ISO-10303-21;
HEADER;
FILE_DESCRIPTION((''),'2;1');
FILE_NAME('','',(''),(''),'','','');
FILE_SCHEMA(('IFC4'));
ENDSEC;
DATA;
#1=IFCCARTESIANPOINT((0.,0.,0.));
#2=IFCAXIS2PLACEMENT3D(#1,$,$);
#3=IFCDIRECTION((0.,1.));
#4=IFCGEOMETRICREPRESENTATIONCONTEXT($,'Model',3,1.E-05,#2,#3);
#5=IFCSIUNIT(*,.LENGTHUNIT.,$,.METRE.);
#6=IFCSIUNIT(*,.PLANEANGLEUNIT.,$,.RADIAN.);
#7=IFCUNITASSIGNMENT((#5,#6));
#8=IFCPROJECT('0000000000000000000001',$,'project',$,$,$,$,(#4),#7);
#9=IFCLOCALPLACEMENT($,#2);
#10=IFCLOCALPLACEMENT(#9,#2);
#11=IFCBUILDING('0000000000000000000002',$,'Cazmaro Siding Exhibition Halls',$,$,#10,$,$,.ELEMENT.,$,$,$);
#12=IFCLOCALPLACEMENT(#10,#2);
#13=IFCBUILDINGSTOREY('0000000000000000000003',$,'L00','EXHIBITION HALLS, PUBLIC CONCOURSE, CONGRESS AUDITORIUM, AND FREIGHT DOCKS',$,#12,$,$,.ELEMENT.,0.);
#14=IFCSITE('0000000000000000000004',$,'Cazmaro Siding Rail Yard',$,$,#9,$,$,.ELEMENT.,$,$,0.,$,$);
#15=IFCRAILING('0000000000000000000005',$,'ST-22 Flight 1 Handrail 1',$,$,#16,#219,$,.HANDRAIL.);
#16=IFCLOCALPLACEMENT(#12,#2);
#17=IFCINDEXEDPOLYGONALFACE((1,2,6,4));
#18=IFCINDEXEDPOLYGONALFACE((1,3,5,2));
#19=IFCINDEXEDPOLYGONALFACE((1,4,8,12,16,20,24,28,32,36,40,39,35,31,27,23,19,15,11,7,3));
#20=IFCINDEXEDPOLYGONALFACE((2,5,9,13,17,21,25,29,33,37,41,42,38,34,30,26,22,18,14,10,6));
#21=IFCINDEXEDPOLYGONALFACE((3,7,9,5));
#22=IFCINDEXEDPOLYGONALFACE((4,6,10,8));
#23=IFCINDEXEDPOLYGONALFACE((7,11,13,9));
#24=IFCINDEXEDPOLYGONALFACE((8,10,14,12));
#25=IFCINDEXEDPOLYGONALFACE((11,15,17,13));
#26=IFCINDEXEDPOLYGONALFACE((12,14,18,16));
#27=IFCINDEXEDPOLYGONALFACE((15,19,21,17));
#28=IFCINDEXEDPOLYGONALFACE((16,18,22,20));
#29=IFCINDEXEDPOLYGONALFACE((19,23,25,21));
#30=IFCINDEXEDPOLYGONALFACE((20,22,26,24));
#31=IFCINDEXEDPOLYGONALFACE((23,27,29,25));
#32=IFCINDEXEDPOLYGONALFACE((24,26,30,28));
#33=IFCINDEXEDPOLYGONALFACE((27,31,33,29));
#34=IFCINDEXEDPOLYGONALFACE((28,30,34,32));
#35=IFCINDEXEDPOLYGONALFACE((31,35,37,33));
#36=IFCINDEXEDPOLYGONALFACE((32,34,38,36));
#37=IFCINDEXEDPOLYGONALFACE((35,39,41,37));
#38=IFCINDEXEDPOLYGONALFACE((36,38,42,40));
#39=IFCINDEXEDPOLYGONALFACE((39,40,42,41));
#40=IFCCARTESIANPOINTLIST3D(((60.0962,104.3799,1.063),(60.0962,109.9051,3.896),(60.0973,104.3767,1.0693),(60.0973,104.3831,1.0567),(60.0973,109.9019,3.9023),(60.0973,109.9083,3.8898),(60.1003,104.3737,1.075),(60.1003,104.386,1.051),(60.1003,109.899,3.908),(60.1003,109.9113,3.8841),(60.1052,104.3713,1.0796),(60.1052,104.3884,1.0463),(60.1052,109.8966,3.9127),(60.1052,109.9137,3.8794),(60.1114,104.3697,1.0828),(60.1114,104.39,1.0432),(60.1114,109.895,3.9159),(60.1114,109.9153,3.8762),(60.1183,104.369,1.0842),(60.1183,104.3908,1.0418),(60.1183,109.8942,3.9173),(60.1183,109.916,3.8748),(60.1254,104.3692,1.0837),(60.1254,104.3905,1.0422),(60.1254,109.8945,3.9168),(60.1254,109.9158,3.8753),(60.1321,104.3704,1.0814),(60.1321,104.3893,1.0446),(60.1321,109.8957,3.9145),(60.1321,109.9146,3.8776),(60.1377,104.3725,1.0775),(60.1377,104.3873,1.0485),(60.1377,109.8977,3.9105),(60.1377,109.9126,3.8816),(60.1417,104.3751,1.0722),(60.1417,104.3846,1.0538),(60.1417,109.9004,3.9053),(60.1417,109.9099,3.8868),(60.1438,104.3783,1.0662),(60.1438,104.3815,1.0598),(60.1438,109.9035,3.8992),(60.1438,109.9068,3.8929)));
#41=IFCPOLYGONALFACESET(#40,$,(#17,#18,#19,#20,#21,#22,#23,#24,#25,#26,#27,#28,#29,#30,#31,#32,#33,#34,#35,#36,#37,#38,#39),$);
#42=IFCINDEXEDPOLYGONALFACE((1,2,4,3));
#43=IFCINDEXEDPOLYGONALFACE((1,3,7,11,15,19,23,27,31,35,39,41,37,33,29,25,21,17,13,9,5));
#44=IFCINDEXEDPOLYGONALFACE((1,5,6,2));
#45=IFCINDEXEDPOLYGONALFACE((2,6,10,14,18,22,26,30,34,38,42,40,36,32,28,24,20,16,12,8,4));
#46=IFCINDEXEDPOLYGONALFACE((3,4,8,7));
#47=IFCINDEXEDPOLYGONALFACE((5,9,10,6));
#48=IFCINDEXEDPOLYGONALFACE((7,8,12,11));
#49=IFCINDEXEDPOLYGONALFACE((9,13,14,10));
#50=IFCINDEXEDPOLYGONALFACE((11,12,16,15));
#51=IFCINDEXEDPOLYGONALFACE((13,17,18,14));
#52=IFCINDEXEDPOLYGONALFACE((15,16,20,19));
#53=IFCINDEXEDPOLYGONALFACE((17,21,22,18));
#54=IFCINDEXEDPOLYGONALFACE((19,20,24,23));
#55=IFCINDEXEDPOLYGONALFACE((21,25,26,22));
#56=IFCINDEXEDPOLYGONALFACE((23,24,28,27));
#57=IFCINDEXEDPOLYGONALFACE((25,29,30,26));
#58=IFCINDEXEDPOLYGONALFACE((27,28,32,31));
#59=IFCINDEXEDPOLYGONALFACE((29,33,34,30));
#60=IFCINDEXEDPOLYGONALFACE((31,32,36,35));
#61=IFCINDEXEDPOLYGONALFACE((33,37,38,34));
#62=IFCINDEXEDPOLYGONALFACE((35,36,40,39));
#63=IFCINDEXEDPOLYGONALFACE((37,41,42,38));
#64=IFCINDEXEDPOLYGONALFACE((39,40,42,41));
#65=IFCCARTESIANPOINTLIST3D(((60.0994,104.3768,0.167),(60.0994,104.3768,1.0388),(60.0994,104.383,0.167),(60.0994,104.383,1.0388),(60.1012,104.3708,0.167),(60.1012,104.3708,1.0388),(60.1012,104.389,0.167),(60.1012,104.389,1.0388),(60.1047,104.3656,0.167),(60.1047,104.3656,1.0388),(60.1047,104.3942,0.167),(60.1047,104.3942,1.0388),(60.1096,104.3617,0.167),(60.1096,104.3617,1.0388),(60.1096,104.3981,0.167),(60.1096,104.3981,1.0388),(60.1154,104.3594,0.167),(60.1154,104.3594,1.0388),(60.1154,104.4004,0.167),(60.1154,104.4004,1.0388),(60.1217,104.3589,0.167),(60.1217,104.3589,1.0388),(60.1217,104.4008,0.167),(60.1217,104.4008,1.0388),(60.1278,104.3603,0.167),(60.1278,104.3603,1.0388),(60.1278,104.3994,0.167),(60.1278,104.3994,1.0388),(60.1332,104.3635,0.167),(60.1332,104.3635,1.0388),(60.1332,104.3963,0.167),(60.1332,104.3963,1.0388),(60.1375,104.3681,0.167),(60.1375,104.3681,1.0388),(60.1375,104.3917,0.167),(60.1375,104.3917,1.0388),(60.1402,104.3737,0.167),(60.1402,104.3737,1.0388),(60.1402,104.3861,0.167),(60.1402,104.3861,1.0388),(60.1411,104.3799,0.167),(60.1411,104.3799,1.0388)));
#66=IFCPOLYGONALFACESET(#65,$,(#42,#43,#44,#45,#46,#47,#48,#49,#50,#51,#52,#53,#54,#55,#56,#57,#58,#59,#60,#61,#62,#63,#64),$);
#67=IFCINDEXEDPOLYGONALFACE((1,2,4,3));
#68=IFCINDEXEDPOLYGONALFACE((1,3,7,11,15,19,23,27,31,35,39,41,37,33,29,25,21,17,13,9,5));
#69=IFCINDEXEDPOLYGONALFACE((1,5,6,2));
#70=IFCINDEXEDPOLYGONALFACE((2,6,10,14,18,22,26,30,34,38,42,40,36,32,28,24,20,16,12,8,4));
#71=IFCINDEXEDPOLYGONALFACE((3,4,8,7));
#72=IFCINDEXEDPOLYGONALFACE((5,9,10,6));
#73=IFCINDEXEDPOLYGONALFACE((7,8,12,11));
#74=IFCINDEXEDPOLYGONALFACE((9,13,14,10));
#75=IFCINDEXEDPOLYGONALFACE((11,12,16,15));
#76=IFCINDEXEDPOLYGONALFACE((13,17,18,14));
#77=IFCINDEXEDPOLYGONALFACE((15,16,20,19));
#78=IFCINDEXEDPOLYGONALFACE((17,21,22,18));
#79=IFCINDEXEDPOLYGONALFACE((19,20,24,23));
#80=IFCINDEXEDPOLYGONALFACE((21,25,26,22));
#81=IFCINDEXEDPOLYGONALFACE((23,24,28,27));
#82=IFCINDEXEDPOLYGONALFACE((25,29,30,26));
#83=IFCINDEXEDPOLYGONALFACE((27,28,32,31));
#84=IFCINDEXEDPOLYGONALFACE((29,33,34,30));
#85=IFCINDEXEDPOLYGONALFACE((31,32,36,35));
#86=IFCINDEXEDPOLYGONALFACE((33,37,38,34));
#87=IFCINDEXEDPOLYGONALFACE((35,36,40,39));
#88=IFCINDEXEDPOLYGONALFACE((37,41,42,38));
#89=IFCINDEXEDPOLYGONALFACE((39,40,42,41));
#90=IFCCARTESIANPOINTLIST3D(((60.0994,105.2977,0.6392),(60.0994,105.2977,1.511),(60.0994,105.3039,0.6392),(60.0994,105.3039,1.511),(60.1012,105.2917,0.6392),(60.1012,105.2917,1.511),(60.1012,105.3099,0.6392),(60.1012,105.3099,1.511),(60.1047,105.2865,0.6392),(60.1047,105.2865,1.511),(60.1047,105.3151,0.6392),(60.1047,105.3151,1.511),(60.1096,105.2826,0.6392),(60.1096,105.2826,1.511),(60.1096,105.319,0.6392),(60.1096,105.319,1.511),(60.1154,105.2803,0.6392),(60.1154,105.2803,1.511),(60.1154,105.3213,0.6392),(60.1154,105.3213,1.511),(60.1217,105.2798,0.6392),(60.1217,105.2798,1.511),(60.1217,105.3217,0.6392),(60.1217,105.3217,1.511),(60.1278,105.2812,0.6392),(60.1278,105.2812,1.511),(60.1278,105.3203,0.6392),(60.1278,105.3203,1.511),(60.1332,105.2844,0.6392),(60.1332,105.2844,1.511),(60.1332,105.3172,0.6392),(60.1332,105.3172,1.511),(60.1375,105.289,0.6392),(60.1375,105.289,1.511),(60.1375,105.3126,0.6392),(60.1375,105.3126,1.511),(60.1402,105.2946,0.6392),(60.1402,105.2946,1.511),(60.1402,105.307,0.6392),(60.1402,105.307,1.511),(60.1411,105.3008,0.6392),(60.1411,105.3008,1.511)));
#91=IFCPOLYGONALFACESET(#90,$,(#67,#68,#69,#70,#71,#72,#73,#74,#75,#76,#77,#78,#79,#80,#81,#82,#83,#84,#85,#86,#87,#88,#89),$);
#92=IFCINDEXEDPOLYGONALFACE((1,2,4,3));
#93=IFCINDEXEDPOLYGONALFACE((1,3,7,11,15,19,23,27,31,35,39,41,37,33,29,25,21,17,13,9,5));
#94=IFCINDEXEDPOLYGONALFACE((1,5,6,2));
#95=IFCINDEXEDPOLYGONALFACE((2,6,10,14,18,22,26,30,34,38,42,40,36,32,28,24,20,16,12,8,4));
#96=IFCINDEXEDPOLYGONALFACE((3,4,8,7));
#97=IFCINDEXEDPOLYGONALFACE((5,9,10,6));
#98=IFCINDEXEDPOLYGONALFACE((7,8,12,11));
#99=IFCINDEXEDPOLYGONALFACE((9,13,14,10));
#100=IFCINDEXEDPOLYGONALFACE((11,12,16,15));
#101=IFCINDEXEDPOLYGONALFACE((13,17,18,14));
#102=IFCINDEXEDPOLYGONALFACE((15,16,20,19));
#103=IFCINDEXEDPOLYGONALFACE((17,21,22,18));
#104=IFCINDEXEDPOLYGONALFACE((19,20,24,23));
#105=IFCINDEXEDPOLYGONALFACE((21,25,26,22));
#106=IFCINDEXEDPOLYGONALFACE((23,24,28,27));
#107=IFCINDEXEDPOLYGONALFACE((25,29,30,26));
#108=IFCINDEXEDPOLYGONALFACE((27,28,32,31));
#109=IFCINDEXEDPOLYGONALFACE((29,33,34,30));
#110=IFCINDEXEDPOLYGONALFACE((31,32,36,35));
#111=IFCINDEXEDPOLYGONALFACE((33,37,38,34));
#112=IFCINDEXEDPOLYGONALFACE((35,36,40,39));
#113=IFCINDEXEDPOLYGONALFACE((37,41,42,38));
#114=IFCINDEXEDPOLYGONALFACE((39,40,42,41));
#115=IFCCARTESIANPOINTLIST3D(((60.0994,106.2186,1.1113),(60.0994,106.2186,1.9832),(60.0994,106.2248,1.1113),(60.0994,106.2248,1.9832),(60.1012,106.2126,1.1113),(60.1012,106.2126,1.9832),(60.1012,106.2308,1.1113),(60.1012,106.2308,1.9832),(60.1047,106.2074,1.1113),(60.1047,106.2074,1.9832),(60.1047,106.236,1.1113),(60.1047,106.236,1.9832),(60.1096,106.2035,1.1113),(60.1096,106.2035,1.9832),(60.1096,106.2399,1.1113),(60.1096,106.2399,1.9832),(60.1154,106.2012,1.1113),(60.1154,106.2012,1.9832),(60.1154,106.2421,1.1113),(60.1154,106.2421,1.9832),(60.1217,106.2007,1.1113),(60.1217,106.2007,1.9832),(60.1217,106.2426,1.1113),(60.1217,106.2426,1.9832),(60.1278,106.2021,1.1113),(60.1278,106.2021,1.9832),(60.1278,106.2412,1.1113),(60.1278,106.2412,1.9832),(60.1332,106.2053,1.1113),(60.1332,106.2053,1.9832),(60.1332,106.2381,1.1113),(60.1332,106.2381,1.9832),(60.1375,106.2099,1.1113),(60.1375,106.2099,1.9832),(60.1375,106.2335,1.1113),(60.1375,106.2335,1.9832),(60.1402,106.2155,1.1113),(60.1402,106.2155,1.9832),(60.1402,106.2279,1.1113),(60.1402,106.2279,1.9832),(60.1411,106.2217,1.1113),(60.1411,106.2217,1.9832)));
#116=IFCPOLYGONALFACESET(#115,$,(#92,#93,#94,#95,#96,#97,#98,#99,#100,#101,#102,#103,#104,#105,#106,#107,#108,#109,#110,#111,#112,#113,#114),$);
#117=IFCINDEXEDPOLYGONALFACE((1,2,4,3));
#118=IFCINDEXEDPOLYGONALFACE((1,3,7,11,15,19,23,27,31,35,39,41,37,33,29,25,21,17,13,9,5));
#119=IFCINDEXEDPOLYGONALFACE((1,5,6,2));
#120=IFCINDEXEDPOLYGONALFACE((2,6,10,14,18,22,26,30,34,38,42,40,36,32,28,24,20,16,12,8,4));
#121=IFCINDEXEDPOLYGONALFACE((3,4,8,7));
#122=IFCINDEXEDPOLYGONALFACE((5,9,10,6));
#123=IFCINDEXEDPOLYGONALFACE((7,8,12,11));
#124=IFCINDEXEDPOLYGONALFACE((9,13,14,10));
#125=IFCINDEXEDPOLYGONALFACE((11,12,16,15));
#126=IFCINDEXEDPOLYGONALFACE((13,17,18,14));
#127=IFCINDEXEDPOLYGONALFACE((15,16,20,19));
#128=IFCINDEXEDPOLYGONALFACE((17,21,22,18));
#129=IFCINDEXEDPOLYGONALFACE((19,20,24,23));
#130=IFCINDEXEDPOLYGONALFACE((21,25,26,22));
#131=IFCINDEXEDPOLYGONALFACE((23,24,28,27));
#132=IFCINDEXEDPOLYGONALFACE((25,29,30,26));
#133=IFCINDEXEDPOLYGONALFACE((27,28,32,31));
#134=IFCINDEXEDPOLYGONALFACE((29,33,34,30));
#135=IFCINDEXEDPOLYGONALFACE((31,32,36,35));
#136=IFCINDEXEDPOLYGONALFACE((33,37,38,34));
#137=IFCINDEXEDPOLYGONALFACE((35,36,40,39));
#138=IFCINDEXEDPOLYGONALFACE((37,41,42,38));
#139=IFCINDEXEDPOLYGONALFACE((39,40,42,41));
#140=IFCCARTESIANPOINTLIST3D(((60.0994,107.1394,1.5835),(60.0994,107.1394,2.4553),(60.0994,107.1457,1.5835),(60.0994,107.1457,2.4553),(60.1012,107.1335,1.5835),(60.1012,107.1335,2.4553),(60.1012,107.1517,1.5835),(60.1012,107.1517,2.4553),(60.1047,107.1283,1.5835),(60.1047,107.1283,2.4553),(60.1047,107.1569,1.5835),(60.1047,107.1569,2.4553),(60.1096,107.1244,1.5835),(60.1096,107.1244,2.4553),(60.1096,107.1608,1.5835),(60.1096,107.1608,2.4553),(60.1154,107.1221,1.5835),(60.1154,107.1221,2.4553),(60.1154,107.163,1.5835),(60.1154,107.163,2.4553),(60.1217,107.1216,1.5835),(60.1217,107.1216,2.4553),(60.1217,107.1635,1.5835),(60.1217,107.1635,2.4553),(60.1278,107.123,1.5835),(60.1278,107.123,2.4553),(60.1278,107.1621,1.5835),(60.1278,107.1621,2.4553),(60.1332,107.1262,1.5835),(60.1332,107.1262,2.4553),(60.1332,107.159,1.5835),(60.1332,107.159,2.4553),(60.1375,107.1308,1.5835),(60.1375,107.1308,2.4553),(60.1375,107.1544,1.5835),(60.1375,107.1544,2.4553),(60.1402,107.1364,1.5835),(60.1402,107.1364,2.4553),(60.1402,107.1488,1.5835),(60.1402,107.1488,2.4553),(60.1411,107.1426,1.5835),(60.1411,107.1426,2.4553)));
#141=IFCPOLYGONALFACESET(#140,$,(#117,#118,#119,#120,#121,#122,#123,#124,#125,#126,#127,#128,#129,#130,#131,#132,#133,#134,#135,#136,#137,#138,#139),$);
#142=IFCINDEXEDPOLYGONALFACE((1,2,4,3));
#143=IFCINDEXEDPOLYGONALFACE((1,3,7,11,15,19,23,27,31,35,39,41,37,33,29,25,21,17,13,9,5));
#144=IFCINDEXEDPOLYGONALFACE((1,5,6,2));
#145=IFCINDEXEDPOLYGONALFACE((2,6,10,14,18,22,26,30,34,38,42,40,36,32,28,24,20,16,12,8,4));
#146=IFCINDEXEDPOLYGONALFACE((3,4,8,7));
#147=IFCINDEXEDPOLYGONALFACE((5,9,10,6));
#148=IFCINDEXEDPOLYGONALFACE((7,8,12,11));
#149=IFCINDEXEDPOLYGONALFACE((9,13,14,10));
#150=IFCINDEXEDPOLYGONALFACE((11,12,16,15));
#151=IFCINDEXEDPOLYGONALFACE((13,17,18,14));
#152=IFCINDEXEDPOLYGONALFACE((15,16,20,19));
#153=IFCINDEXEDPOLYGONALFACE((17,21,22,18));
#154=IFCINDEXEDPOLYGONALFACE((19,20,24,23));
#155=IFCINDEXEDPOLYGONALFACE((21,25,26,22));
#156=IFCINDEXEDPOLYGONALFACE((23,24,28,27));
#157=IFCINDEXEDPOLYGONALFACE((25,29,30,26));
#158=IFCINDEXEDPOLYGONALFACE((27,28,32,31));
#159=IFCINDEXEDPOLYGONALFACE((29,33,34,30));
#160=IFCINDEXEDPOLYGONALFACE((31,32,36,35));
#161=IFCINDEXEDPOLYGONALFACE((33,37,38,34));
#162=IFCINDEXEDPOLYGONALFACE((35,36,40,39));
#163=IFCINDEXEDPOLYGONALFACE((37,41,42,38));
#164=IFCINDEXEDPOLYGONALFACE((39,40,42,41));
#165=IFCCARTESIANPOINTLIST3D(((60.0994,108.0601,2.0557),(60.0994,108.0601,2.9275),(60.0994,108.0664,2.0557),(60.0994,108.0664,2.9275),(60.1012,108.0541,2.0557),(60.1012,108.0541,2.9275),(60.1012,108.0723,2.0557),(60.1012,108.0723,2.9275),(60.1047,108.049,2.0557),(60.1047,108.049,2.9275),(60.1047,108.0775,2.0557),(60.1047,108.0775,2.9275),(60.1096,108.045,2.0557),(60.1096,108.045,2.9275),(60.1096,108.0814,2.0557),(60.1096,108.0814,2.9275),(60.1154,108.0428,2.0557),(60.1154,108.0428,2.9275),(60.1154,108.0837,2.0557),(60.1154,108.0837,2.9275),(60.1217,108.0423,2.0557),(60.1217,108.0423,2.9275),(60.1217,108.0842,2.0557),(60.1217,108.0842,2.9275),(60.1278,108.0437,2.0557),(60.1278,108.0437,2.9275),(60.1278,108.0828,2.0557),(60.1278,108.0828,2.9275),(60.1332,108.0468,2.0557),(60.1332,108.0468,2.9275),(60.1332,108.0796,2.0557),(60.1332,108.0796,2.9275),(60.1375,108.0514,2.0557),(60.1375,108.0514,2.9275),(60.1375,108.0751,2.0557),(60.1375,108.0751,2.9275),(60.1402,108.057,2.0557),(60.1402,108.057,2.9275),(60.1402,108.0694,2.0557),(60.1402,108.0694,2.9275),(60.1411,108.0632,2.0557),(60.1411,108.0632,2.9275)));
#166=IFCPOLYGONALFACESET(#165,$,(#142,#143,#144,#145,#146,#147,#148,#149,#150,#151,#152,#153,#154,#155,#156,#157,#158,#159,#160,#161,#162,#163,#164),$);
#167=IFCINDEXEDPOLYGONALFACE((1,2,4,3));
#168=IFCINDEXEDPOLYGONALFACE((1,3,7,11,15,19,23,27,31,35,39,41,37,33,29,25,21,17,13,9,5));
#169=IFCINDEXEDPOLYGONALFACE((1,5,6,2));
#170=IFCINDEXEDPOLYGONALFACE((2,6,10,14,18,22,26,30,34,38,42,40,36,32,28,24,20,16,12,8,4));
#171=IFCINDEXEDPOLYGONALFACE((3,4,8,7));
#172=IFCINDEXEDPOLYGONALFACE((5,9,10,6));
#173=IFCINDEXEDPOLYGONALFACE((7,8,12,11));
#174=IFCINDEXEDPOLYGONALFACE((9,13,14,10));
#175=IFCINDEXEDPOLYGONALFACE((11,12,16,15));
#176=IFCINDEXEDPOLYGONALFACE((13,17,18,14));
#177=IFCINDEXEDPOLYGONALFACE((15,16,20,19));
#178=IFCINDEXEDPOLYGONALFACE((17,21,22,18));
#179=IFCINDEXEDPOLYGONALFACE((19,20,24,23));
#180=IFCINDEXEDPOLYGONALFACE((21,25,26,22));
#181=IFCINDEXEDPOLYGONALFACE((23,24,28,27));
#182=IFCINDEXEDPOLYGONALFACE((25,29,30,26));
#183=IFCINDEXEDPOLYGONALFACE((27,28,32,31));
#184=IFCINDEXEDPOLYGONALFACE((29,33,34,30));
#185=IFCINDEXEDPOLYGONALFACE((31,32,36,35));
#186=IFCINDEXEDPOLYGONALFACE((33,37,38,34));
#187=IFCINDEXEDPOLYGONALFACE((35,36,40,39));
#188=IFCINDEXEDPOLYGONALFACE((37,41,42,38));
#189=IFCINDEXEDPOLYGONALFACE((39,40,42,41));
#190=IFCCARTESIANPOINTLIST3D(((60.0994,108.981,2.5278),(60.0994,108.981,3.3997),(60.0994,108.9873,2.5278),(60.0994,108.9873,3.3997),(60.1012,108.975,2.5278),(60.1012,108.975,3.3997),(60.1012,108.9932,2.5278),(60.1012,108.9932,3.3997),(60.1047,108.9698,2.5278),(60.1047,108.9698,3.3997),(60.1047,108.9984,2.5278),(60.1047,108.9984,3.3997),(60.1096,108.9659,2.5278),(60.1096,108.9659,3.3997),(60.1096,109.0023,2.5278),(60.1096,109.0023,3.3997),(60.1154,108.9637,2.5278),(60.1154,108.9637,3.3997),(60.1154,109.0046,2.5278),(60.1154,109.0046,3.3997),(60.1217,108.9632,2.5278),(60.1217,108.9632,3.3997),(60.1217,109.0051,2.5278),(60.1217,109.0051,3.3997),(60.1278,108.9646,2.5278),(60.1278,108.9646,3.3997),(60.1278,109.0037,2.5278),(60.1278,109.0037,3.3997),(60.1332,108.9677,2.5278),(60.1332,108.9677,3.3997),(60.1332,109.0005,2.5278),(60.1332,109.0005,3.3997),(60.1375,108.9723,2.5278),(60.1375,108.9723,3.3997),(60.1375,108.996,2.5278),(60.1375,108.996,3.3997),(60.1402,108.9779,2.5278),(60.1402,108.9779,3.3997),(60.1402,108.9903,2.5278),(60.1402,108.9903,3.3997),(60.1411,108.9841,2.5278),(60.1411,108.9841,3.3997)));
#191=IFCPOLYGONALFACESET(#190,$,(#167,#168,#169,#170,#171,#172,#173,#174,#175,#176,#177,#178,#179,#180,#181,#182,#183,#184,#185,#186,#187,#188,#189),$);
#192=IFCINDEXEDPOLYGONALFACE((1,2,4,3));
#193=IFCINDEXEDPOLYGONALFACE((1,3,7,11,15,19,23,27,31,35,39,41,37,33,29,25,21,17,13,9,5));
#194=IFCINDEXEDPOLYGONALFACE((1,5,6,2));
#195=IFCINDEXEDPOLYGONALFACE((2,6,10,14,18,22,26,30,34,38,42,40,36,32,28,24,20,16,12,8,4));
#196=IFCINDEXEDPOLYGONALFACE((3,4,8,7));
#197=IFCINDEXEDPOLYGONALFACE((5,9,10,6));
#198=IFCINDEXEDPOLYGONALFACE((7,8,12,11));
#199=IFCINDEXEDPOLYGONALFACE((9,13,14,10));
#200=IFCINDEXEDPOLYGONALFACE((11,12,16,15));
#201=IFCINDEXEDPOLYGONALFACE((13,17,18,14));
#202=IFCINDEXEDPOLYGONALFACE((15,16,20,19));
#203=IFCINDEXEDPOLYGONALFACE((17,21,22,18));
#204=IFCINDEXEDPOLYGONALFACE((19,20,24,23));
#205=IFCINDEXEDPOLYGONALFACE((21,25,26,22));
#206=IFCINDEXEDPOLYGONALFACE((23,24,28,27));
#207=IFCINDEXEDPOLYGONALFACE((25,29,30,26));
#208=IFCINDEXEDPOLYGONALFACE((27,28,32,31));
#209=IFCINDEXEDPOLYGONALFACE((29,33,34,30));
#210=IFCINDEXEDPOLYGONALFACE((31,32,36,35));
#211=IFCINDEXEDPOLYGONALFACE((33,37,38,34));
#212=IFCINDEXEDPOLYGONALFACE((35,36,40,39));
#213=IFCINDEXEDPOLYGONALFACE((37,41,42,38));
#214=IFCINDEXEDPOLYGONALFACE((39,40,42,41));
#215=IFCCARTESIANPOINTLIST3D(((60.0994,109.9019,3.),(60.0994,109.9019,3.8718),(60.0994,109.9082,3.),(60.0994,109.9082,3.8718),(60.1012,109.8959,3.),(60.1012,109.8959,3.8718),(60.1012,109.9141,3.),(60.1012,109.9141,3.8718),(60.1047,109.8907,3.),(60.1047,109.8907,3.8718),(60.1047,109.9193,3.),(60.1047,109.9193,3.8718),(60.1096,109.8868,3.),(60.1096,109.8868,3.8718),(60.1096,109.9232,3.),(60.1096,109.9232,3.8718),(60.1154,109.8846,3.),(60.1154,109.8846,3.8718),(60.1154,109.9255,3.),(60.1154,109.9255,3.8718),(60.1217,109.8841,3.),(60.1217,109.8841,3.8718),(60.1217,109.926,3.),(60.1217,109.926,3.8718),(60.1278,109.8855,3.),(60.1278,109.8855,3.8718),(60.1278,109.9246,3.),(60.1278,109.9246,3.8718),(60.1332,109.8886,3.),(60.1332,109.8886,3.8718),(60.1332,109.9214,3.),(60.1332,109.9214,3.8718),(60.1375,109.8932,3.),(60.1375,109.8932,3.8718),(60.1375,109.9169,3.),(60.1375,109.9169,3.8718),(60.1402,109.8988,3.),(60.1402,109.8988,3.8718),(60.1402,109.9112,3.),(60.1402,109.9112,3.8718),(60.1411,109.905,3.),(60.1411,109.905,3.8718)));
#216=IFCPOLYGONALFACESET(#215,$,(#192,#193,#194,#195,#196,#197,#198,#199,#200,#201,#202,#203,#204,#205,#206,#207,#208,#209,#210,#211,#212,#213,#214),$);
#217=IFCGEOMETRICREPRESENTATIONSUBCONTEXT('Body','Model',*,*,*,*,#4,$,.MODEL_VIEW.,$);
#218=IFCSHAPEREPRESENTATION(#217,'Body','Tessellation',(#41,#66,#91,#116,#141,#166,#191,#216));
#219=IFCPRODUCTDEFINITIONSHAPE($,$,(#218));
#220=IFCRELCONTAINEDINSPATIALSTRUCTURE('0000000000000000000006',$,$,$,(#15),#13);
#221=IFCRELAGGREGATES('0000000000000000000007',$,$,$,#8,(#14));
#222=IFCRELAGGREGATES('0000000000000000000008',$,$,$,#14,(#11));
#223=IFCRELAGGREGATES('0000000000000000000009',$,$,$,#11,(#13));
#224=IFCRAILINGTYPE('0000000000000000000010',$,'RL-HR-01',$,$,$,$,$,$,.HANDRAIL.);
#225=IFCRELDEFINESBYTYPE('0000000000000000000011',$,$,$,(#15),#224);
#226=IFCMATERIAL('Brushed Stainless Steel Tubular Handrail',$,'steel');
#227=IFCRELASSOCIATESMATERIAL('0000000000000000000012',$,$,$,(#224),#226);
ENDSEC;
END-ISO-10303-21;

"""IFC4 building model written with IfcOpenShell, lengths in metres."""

from ifc_helpers import new_model, si_unit, direction, frame, origin, origin_2d, place, context, subcontext, project, spatial, circle, extrude, material, type_object, element, save


model = new_model("IFC4")

# Units and contexts
model_context = context("Model", 3, precision=1e-05, world=origin(), true_north=direction((0.0, 1.0)))
body_context = subcontext(model_context, "Body", "Model", "MODEL_VIEW")
ifc_project = project(units=[si_unit("LENGTHUNIT", "METRE"), si_unit("PLANEANGLEUNIT", "RADIAN")], contexts=[model_context])

# Site, building, storey
site_placement = place(None, origin())
site = spatial("IfcSite", under=ifc_project, at=site_placement, Name="Cazmaro Siding Rail Yard", CompositionType="ELEMENT", RefElevation=0.0)
building_placement = place(site_placement, origin())
building = spatial("IfcBuilding", under=site, at=building_placement, Name="Cazmaro Siding Exhibition Halls", CompositionType="ELEMENT")
storey_placement = place(building_placement, origin())
storey = spatial("IfcBuildingStorey", under=building, at=storey_placement, Name="L00", Description="EXHIBITION HALLS, PUBLIC CONCOURSE, CONGRESS AUDITORIUM, AND FREIGHT DOCKS", CompositionType="ELEMENT", Elevation=0.0)

# Railing
ifc_material_1 = material(Name="Brushed Stainless Steel Tubular Handrail", Category="steel")
railing_type_1 = type_object("IfcRailingType", Name="RL-HR-01", PredefinedType="HANDRAIL", material=ifc_material_1)
railing_1_placement = place(storey_placement, frame((60.1201, 104.3799, 0.167)))
element("IfcRailing", 1, at=railing_1_placement, inside=storey, type_object=railing_type_1, Name="ST-22 Flight 1 Handrail 1", PredefinedType="HANDRAIL", context=body_context, shape_type="SweptSolid", body=[
    extrude(circle(Radius=0.0239, at=origin_2d()), frame((0.0, 0.0, 0.896), z_axis=(0.0, 0.889844, 0.456266), x_axis=(-1.0, 0.0, 0.0)), (0.0, 0.0, 1.0), 6.2092),
    extrude(circle(Radius=0.021, at=origin_2d()), origin(), (0.0, 0.0, 1.0), 0.8718),
    extrude(circle(Radius=0.021, at=origin_2d()), frame((0.0, 0.9209, 0.4722)), (0.0, 0.0, 1.0), 0.8718),
    extrude(circle(Radius=0.021, at=origin_2d()), frame((0.0, 1.8418, 0.9443)), (0.0, 0.0, 1.0), 0.8718),
    extrude(circle(Radius=0.021, at=origin_2d()), frame((0.0, 2.7627, 1.4165)), (0.0, 0.0, 1.0), 0.8718),
    extrude(circle(Radius=0.021, at=origin_2d()), frame((0.0, 3.6833, 1.8887)), (0.0, 0.0, 1.0), 0.8718),
    extrude(circle(Radius=0.021, at=origin_2d()), frame((0.0, 4.6042, 2.3608)), (0.0, 0.0, 1.0), 0.8718),
    extrude(circle(Radius=0.021, at=origin_2d()), frame((0.0, 5.5251, 2.833)), (0.0, 0.0, 1.0), 0.8718),
])

save(model, "model.ifc")
